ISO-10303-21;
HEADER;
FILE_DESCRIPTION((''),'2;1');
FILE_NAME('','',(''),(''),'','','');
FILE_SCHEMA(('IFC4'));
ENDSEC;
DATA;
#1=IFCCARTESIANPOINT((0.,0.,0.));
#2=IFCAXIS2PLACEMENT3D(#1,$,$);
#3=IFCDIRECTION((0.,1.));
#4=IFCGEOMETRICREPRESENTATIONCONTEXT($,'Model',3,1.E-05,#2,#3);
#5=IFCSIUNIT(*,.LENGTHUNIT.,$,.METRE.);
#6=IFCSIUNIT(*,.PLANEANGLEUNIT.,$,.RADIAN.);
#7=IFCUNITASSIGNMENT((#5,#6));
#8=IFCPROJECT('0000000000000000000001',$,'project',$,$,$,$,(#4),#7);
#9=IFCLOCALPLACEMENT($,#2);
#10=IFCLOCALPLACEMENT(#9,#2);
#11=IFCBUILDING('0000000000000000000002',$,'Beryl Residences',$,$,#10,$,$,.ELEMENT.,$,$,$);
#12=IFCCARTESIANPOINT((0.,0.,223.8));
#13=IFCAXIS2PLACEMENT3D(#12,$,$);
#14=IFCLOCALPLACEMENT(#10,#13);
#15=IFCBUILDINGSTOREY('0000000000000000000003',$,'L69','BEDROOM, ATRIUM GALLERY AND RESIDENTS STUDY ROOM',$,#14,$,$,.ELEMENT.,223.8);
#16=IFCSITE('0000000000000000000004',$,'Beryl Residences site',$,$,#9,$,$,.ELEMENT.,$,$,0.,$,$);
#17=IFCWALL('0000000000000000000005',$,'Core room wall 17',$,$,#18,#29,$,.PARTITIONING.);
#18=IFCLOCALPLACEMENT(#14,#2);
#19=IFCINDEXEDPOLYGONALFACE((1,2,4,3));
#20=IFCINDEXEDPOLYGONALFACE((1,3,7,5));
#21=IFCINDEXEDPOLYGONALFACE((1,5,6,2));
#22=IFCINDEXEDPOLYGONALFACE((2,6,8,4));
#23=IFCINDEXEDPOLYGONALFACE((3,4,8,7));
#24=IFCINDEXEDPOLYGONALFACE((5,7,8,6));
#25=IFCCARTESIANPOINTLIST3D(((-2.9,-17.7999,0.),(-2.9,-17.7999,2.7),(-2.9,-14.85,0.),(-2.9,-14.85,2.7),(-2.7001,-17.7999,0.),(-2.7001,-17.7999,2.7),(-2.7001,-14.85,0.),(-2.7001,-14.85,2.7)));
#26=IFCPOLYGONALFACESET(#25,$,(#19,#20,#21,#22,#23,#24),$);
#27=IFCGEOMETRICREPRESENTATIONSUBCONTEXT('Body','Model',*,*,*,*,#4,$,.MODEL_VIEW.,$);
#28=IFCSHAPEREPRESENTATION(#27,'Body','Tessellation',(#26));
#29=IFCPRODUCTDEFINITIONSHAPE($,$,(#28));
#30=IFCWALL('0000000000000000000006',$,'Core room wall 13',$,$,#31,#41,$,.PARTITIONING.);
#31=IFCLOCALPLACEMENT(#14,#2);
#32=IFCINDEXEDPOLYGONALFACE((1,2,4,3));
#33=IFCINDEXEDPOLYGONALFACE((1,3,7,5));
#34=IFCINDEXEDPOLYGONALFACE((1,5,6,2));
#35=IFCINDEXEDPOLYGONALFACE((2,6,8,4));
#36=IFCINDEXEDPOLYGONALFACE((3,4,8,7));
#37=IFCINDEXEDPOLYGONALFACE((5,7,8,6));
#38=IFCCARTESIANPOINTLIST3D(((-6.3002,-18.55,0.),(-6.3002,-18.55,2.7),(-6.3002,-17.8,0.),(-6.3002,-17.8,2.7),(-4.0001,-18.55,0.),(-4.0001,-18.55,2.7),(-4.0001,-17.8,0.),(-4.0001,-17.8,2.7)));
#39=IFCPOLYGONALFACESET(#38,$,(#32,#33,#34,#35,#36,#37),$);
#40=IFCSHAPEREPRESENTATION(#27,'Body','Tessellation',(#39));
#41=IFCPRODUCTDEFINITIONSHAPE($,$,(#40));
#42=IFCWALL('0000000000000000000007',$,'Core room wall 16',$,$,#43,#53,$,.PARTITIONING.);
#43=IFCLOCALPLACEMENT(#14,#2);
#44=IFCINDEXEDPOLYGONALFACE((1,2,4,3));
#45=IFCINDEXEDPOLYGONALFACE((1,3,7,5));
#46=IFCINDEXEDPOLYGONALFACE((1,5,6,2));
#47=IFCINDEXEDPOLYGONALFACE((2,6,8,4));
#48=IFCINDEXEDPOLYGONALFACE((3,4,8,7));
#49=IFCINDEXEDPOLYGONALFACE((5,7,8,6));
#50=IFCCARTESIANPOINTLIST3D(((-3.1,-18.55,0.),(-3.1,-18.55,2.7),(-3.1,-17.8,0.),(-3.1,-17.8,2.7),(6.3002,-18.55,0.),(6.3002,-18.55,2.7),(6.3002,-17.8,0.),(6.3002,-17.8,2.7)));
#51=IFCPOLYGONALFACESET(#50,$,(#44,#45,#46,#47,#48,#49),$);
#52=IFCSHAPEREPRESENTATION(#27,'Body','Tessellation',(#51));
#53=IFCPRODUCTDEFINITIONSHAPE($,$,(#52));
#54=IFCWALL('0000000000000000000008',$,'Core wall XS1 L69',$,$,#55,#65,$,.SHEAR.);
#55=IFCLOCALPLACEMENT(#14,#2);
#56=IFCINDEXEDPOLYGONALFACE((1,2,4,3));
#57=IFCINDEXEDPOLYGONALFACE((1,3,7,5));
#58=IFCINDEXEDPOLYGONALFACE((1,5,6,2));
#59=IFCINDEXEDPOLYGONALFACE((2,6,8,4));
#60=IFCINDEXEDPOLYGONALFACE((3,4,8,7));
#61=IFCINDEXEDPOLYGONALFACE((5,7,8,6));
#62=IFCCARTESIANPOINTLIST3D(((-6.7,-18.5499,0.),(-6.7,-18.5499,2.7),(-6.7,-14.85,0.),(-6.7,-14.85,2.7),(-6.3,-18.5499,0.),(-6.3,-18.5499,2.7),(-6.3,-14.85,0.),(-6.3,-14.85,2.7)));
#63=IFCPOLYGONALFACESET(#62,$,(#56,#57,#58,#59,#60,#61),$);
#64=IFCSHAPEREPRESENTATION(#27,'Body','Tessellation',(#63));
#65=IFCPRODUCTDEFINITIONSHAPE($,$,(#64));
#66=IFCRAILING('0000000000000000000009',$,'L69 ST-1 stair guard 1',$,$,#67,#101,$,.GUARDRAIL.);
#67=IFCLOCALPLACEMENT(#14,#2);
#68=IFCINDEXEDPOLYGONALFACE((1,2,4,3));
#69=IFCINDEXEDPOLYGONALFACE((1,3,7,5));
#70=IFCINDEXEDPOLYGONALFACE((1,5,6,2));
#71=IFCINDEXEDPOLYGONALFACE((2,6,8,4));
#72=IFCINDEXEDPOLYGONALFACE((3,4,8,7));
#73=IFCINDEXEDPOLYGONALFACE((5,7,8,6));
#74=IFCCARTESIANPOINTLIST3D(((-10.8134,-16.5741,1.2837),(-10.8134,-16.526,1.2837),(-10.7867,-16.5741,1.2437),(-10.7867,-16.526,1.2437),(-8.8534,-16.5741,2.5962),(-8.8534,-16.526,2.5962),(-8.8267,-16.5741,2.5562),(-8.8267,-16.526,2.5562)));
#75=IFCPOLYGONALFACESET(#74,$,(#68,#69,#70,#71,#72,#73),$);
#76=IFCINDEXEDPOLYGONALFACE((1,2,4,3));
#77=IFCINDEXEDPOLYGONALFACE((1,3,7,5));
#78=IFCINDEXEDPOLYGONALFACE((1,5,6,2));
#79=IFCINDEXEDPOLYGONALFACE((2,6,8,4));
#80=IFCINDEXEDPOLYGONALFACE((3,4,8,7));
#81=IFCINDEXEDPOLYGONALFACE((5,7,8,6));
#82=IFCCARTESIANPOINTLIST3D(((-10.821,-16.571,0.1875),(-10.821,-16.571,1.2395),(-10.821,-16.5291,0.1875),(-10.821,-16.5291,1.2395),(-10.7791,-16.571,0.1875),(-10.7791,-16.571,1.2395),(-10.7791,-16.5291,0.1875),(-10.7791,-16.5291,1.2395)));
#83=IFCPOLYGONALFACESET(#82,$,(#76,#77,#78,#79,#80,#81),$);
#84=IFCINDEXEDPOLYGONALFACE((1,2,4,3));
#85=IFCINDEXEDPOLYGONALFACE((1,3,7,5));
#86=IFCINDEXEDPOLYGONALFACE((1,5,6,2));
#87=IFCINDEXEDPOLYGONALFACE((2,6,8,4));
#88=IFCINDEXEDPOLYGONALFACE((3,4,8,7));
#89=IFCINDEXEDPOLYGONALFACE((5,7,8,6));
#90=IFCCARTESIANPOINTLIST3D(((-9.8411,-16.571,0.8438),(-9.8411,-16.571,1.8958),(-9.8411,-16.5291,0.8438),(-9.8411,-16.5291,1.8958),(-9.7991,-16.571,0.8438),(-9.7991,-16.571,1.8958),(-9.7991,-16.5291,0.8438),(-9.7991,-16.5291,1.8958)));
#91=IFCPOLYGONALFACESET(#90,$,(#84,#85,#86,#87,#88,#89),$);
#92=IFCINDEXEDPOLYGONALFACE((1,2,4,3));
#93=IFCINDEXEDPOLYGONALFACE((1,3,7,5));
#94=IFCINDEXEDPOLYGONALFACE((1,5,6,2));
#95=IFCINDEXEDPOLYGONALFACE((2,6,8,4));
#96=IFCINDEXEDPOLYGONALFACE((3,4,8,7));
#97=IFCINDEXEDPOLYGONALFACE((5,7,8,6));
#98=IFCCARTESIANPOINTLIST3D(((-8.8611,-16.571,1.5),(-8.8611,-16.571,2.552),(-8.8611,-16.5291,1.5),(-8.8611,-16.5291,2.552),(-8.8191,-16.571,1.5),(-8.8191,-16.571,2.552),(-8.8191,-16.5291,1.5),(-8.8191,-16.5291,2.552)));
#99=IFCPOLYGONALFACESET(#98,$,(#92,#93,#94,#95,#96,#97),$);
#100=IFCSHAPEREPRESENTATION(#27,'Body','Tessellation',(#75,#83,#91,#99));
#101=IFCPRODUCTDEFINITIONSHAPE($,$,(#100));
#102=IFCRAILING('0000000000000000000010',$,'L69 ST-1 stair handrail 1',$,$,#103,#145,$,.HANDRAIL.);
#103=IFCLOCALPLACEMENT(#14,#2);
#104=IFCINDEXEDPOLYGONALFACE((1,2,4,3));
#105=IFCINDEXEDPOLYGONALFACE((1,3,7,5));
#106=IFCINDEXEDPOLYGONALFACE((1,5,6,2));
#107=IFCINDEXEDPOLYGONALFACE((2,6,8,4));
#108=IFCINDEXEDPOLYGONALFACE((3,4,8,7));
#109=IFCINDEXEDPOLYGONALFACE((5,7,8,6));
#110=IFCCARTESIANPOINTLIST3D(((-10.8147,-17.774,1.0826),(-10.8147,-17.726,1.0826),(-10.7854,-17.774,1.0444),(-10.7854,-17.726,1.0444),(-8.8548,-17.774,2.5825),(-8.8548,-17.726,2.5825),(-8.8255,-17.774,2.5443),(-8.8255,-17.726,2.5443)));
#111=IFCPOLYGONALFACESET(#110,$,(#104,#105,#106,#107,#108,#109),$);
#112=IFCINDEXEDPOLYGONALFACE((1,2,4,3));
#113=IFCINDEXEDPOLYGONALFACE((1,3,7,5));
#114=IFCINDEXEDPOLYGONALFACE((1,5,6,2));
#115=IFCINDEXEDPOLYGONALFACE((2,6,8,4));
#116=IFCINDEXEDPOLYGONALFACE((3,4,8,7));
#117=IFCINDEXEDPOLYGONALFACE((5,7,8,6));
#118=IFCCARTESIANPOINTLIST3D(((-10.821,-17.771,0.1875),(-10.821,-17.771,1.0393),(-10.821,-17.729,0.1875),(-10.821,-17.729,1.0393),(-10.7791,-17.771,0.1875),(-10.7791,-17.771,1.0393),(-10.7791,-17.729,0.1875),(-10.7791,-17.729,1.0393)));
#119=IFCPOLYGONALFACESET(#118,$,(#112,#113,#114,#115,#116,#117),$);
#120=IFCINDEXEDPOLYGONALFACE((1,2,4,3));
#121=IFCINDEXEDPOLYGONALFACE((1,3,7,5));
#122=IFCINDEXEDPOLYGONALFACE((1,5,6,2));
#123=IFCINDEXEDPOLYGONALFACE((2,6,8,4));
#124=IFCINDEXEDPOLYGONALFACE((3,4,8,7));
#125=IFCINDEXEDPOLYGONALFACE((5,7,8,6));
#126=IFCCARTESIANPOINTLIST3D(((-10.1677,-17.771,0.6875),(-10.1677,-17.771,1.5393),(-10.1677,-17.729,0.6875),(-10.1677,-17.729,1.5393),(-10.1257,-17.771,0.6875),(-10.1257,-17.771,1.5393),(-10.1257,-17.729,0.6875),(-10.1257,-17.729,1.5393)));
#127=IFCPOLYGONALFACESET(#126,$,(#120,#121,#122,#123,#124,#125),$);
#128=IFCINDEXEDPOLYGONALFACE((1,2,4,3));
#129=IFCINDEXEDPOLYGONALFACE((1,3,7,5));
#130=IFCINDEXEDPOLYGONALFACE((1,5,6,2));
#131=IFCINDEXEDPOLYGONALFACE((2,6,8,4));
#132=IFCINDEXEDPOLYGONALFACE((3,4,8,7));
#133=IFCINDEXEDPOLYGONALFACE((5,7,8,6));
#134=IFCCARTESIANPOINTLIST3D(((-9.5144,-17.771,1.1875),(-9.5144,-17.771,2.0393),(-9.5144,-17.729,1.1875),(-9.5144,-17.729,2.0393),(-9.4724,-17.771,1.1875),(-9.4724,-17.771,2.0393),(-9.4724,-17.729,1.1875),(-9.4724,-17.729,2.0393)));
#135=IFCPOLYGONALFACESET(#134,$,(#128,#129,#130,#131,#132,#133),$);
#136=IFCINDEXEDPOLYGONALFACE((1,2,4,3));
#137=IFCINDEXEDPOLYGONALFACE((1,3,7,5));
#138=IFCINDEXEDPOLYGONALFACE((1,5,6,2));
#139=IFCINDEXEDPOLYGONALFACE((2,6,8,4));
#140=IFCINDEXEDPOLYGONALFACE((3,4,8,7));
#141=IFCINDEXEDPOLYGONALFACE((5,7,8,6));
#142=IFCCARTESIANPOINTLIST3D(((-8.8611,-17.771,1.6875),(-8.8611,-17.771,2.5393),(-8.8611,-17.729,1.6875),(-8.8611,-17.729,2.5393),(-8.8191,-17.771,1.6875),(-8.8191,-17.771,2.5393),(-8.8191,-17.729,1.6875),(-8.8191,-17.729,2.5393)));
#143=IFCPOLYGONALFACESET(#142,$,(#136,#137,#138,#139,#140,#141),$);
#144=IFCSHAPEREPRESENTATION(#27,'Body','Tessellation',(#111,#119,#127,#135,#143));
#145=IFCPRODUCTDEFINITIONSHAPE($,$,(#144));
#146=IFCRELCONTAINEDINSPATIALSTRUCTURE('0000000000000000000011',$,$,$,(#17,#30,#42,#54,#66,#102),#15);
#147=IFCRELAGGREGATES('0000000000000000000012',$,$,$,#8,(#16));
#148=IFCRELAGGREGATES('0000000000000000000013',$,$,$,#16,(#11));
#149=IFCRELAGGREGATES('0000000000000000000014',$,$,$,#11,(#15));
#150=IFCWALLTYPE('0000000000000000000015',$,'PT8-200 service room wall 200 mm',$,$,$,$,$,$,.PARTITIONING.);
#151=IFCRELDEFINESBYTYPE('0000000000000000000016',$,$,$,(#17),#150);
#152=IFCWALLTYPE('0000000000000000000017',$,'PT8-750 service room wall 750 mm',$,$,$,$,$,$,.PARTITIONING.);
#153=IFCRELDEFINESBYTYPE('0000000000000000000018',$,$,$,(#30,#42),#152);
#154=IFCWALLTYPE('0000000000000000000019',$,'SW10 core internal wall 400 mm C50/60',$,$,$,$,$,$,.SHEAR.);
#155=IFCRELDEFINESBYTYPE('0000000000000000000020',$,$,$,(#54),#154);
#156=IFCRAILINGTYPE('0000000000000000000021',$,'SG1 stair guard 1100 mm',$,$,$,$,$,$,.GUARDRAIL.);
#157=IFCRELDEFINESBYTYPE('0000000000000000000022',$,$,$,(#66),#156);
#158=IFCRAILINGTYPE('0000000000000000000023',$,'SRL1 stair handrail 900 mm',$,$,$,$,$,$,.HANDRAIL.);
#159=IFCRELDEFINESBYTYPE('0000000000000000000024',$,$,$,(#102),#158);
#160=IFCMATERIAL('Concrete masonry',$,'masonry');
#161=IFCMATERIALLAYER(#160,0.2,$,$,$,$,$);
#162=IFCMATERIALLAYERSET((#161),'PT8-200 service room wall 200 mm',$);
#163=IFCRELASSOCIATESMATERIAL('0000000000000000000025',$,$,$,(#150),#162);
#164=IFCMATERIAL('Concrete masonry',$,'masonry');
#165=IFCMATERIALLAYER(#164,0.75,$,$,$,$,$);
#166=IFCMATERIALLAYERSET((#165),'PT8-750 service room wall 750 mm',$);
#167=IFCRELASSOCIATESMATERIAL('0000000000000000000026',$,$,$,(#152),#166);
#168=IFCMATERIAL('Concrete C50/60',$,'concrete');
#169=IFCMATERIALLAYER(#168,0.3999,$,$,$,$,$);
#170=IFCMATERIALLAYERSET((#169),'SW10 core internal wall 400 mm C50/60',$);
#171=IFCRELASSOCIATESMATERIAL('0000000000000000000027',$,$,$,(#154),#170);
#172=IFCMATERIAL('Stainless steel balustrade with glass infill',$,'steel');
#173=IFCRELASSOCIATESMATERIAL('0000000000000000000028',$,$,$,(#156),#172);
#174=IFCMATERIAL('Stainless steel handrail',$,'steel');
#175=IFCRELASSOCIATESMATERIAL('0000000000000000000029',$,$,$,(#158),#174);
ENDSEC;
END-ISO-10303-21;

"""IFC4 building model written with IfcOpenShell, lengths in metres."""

from ifc_helpers import new_model, si_unit, direction, frame, frame_2d, origin, origin_2d, place, context, subcontext, project, spatial, rectangle, extrude, material, layer, layer_set, type_object, element, save


model = new_model("IFC4")

# Units and contexts
model_context = context("Model", 3, precision=1e-05, world=origin(), true_north=direction((0.0, 1.0)))
body_context = subcontext(model_context, "Body", "Model", "MODEL_VIEW")
ifc_project = project(units=[si_unit("LENGTHUNIT", "METRE"), si_unit("PLANEANGLEUNIT", "RADIAN")], contexts=[model_context])

# Site, building, storey
site_placement = place(None, origin())
site = spatial("IfcSite", under=ifc_project, at=site_placement, Name="Beryl Residences site", CompositionType="ELEMENT", RefElevation=0.0)
building_placement = place(site_placement, origin())
building = spatial("IfcBuilding", under=site, at=building_placement, Name="Beryl Residences", CompositionType="ELEMENT")
storey_placement = place(building_placement, frame((0.0, 0.0, 223.8)))
storey = spatial("IfcBuildingStorey", under=building, at=storey_placement, Name="L69", Description="BEDROOM, ATRIUM GALLERY AND RESIDENTS STUDY ROOM", CompositionType="ELEMENT", Elevation=223.8)

# Walls
ifc_material_1 = material(Name="Concrete masonry", Category="masonry")
ifc_layer_1 = layer(ifc_material_1, 0.2)
ifc_layer_set_1 = layer_set([ifc_layer_1], Name="PT8-200 service room wall 200 mm")
wall_type_1 = type_object("IfcWallType", Name="PT8-200 service room wall 200 mm", PredefinedType="PARTITIONING", material=ifc_layer_set_1)
wall_1_placement = place(storey_placement, frame((-2.8, -17.8, 0.0), z_axis=(0.0, 0.0, 1.0), x_axis=(0.0, 1.0, 0.0)))
element("IfcWall", 1, at=wall_1_placement, inside=storey, type_object=wall_type_1, Name="Core room wall 17", PredefinedType="PARTITIONING", context=body_context, shape_type="SweptSolid", body=[
    extrude(rectangle(XDim=2.95, YDim=0.2, at=frame_2d((1.4751, 0.0))), origin(), (0.0, 0.0, 1.0), 2.7),
])
ifc_material_2 = material(Name="Concrete masonry", Category="masonry")
ifc_layer_2 = layer(ifc_material_2, 0.75)
ifc_layer_set_2 = layer_set([ifc_layer_2], Name="PT8-750 service room wall 750 mm")
wall_type_2 = type_object("IfcWallType", Name="PT8-750 service room wall 750 mm", PredefinedType="PARTITIONING", material=ifc_layer_set_2)
wall_2_placement = place(storey_placement, frame((-6.3, -18.175, 0.0), z_axis=(0.0, 0.0, 1.0), x_axis=(1.0, 0.0, 0.0)))
element("IfcWall", 2, at=wall_2_placement, inside=storey, type_object=wall_type_2, Name="Core room wall 13", PredefinedType="PARTITIONING", context=body_context, shape_type="SweptSolid", body=[
    extrude(rectangle(XDim=2.3, YDim=0.75, at=frame_2d((1.1499, 0.0))), origin(), (0.0, 0.0, 1.0), 2.7),
])
wall_3_placement = place(storey_placement, frame((-3.1001, -18.175, 0.0), z_axis=(0.0, 0.0, 1.0), x_axis=(1.0, 0.0, 0.0)))
element("IfcWall", 3, at=wall_3_placement, inside=storey, type_object=wall_type_2, Name="Core room wall 16", PredefinedType="PARTITIONING", context=body_context, shape_type="SweptSolid", body=[
    extrude(rectangle(XDim=9.4001, YDim=0.75, at=frame_2d((4.7002, 0.0))), origin(), (0.0, 0.0, 1.0), 2.7),
])
ifc_material_3 = material(Name="Concrete C50/60", Category="concrete")
ifc_layer_3 = layer(ifc_material_3, 0.3999)
ifc_layer_set_3 = layer_set([ifc_layer_3], Name="SW10 core internal wall 400 mm C50/60")
wall_type_3 = type_object("IfcWallType", Name="SW10 core internal wall 400 mm C50/60", PredefinedType="SHEAR", material=ifc_layer_set_3)
wall_4_placement = place(storey_placement, frame((-6.5, -18.55, 0.0), z_axis=(0.0, 0.0, 1.0), x_axis=(0.0, 1.0, 0.0)))
element("IfcWall", 4, at=wall_4_placement, inside=storey, type_object=wall_type_3, Name="Core wall XS1 L69", PredefinedType="SHEAR", context=body_context, shape_type="SweptSolid", body=[
    extrude(rectangle(XDim=3.7, YDim=0.3999, at=frame_2d((1.8501, 0.0))), origin(), (0.0, 0.0, 1.0), 2.7),
])

# Railings
ifc_material_4 = material(Name="Stainless steel balustrade with glass infill", Category="steel")
railing_type_1 = type_object("IfcRailingType", Name="SG1 stair guard 1100 mm", PredefinedType="GUARDRAIL", material=ifc_material_4)
railing_1_placement = place(storey_placement, frame((-10.8, -16.55, 0.1875)))
element("IfcRailing", 5, at=railing_1_placement, inside=storey, type_object=railing_type_1, Name="L69 ST-1 stair guard 1", PredefinedType="GUARDRAIL", context=body_context, shape_type="SweptSolid", body=[
    extrude(rectangle(XDim=0.0481, YDim=0.0481, at=origin_2d()), frame((0.0, 0.0, 1.0762), z_axis=(0.830902, 0.0, 0.556419), x_axis=(0.0, 1.0, 0.0)), (0.0, 0.0, 1.0), 2.3589),
    extrude(rectangle(XDim=0.042, YDim=0.042, at=origin_2d()), origin(), (0.0, 0.0, 1.0), 1.052),
    extrude(rectangle(XDim=0.042, YDim=0.042, at=origin_2d()), frame((0.98, 0.0, 0.6562)), (0.0, 0.0, 1.0), 1.052),
    extrude(rectangle(XDim=0.042, YDim=0.042, at=origin_2d()), frame((1.96, 0.0, 1.3125)), (0.0, 0.0, 1.0), 1.052),
])
ifc_material_5 = material(Name="Stainless steel handrail", Category="steel")
railing_type_2 = type_object("IfcRailingType", Name="SRL1 stair handrail 900 mm", PredefinedType="HANDRAIL", material=ifc_material_5)
railing_2_placement = place(storey_placement, frame((-10.8, -17.75, 0.1875)))
element("IfcRailing", 6, at=railing_2_placement, inside=storey, type_object=railing_type_2, Name="L69 ST-1 stair handrail 1", PredefinedType="HANDRAIL", context=body_context, shape_type="SweptSolid", body=[
    extrude(rectangle(XDim=0.0481, YDim=0.0481, at=origin_2d()), frame((0.0, 0.0, 0.876), z_axis=(0.794122, 0.0, 0.607758), x_axis=(0.0, 1.0, 0.0)), (0.0, 0.0, 1.0), 2.468),
    extrude(rectangle(XDim=0.042, YDim=0.042, at=origin_2d()), origin(), (0.0, 0.0, 1.0), 0.8518),
    extrude(rectangle(XDim=0.042, YDim=0.042, at=origin_2d()), frame((0.6533, 0.0, 0.5)), (0.0, 0.0, 1.0), 0.8518),
    extrude(rectangle(XDim=0.042, YDim=0.042, at=origin_2d()), frame((1.3066, 0.0, 1.0)), (0.0, 0.0, 1.0), 0.8518),
    extrude(rectangle(XDim=0.042, YDim=0.042, at=origin_2d()), frame((1.96, 0.0, 1.5)), (0.0, 0.0, 1.0), 0.8518),
])

save(model, "model.ifc")
